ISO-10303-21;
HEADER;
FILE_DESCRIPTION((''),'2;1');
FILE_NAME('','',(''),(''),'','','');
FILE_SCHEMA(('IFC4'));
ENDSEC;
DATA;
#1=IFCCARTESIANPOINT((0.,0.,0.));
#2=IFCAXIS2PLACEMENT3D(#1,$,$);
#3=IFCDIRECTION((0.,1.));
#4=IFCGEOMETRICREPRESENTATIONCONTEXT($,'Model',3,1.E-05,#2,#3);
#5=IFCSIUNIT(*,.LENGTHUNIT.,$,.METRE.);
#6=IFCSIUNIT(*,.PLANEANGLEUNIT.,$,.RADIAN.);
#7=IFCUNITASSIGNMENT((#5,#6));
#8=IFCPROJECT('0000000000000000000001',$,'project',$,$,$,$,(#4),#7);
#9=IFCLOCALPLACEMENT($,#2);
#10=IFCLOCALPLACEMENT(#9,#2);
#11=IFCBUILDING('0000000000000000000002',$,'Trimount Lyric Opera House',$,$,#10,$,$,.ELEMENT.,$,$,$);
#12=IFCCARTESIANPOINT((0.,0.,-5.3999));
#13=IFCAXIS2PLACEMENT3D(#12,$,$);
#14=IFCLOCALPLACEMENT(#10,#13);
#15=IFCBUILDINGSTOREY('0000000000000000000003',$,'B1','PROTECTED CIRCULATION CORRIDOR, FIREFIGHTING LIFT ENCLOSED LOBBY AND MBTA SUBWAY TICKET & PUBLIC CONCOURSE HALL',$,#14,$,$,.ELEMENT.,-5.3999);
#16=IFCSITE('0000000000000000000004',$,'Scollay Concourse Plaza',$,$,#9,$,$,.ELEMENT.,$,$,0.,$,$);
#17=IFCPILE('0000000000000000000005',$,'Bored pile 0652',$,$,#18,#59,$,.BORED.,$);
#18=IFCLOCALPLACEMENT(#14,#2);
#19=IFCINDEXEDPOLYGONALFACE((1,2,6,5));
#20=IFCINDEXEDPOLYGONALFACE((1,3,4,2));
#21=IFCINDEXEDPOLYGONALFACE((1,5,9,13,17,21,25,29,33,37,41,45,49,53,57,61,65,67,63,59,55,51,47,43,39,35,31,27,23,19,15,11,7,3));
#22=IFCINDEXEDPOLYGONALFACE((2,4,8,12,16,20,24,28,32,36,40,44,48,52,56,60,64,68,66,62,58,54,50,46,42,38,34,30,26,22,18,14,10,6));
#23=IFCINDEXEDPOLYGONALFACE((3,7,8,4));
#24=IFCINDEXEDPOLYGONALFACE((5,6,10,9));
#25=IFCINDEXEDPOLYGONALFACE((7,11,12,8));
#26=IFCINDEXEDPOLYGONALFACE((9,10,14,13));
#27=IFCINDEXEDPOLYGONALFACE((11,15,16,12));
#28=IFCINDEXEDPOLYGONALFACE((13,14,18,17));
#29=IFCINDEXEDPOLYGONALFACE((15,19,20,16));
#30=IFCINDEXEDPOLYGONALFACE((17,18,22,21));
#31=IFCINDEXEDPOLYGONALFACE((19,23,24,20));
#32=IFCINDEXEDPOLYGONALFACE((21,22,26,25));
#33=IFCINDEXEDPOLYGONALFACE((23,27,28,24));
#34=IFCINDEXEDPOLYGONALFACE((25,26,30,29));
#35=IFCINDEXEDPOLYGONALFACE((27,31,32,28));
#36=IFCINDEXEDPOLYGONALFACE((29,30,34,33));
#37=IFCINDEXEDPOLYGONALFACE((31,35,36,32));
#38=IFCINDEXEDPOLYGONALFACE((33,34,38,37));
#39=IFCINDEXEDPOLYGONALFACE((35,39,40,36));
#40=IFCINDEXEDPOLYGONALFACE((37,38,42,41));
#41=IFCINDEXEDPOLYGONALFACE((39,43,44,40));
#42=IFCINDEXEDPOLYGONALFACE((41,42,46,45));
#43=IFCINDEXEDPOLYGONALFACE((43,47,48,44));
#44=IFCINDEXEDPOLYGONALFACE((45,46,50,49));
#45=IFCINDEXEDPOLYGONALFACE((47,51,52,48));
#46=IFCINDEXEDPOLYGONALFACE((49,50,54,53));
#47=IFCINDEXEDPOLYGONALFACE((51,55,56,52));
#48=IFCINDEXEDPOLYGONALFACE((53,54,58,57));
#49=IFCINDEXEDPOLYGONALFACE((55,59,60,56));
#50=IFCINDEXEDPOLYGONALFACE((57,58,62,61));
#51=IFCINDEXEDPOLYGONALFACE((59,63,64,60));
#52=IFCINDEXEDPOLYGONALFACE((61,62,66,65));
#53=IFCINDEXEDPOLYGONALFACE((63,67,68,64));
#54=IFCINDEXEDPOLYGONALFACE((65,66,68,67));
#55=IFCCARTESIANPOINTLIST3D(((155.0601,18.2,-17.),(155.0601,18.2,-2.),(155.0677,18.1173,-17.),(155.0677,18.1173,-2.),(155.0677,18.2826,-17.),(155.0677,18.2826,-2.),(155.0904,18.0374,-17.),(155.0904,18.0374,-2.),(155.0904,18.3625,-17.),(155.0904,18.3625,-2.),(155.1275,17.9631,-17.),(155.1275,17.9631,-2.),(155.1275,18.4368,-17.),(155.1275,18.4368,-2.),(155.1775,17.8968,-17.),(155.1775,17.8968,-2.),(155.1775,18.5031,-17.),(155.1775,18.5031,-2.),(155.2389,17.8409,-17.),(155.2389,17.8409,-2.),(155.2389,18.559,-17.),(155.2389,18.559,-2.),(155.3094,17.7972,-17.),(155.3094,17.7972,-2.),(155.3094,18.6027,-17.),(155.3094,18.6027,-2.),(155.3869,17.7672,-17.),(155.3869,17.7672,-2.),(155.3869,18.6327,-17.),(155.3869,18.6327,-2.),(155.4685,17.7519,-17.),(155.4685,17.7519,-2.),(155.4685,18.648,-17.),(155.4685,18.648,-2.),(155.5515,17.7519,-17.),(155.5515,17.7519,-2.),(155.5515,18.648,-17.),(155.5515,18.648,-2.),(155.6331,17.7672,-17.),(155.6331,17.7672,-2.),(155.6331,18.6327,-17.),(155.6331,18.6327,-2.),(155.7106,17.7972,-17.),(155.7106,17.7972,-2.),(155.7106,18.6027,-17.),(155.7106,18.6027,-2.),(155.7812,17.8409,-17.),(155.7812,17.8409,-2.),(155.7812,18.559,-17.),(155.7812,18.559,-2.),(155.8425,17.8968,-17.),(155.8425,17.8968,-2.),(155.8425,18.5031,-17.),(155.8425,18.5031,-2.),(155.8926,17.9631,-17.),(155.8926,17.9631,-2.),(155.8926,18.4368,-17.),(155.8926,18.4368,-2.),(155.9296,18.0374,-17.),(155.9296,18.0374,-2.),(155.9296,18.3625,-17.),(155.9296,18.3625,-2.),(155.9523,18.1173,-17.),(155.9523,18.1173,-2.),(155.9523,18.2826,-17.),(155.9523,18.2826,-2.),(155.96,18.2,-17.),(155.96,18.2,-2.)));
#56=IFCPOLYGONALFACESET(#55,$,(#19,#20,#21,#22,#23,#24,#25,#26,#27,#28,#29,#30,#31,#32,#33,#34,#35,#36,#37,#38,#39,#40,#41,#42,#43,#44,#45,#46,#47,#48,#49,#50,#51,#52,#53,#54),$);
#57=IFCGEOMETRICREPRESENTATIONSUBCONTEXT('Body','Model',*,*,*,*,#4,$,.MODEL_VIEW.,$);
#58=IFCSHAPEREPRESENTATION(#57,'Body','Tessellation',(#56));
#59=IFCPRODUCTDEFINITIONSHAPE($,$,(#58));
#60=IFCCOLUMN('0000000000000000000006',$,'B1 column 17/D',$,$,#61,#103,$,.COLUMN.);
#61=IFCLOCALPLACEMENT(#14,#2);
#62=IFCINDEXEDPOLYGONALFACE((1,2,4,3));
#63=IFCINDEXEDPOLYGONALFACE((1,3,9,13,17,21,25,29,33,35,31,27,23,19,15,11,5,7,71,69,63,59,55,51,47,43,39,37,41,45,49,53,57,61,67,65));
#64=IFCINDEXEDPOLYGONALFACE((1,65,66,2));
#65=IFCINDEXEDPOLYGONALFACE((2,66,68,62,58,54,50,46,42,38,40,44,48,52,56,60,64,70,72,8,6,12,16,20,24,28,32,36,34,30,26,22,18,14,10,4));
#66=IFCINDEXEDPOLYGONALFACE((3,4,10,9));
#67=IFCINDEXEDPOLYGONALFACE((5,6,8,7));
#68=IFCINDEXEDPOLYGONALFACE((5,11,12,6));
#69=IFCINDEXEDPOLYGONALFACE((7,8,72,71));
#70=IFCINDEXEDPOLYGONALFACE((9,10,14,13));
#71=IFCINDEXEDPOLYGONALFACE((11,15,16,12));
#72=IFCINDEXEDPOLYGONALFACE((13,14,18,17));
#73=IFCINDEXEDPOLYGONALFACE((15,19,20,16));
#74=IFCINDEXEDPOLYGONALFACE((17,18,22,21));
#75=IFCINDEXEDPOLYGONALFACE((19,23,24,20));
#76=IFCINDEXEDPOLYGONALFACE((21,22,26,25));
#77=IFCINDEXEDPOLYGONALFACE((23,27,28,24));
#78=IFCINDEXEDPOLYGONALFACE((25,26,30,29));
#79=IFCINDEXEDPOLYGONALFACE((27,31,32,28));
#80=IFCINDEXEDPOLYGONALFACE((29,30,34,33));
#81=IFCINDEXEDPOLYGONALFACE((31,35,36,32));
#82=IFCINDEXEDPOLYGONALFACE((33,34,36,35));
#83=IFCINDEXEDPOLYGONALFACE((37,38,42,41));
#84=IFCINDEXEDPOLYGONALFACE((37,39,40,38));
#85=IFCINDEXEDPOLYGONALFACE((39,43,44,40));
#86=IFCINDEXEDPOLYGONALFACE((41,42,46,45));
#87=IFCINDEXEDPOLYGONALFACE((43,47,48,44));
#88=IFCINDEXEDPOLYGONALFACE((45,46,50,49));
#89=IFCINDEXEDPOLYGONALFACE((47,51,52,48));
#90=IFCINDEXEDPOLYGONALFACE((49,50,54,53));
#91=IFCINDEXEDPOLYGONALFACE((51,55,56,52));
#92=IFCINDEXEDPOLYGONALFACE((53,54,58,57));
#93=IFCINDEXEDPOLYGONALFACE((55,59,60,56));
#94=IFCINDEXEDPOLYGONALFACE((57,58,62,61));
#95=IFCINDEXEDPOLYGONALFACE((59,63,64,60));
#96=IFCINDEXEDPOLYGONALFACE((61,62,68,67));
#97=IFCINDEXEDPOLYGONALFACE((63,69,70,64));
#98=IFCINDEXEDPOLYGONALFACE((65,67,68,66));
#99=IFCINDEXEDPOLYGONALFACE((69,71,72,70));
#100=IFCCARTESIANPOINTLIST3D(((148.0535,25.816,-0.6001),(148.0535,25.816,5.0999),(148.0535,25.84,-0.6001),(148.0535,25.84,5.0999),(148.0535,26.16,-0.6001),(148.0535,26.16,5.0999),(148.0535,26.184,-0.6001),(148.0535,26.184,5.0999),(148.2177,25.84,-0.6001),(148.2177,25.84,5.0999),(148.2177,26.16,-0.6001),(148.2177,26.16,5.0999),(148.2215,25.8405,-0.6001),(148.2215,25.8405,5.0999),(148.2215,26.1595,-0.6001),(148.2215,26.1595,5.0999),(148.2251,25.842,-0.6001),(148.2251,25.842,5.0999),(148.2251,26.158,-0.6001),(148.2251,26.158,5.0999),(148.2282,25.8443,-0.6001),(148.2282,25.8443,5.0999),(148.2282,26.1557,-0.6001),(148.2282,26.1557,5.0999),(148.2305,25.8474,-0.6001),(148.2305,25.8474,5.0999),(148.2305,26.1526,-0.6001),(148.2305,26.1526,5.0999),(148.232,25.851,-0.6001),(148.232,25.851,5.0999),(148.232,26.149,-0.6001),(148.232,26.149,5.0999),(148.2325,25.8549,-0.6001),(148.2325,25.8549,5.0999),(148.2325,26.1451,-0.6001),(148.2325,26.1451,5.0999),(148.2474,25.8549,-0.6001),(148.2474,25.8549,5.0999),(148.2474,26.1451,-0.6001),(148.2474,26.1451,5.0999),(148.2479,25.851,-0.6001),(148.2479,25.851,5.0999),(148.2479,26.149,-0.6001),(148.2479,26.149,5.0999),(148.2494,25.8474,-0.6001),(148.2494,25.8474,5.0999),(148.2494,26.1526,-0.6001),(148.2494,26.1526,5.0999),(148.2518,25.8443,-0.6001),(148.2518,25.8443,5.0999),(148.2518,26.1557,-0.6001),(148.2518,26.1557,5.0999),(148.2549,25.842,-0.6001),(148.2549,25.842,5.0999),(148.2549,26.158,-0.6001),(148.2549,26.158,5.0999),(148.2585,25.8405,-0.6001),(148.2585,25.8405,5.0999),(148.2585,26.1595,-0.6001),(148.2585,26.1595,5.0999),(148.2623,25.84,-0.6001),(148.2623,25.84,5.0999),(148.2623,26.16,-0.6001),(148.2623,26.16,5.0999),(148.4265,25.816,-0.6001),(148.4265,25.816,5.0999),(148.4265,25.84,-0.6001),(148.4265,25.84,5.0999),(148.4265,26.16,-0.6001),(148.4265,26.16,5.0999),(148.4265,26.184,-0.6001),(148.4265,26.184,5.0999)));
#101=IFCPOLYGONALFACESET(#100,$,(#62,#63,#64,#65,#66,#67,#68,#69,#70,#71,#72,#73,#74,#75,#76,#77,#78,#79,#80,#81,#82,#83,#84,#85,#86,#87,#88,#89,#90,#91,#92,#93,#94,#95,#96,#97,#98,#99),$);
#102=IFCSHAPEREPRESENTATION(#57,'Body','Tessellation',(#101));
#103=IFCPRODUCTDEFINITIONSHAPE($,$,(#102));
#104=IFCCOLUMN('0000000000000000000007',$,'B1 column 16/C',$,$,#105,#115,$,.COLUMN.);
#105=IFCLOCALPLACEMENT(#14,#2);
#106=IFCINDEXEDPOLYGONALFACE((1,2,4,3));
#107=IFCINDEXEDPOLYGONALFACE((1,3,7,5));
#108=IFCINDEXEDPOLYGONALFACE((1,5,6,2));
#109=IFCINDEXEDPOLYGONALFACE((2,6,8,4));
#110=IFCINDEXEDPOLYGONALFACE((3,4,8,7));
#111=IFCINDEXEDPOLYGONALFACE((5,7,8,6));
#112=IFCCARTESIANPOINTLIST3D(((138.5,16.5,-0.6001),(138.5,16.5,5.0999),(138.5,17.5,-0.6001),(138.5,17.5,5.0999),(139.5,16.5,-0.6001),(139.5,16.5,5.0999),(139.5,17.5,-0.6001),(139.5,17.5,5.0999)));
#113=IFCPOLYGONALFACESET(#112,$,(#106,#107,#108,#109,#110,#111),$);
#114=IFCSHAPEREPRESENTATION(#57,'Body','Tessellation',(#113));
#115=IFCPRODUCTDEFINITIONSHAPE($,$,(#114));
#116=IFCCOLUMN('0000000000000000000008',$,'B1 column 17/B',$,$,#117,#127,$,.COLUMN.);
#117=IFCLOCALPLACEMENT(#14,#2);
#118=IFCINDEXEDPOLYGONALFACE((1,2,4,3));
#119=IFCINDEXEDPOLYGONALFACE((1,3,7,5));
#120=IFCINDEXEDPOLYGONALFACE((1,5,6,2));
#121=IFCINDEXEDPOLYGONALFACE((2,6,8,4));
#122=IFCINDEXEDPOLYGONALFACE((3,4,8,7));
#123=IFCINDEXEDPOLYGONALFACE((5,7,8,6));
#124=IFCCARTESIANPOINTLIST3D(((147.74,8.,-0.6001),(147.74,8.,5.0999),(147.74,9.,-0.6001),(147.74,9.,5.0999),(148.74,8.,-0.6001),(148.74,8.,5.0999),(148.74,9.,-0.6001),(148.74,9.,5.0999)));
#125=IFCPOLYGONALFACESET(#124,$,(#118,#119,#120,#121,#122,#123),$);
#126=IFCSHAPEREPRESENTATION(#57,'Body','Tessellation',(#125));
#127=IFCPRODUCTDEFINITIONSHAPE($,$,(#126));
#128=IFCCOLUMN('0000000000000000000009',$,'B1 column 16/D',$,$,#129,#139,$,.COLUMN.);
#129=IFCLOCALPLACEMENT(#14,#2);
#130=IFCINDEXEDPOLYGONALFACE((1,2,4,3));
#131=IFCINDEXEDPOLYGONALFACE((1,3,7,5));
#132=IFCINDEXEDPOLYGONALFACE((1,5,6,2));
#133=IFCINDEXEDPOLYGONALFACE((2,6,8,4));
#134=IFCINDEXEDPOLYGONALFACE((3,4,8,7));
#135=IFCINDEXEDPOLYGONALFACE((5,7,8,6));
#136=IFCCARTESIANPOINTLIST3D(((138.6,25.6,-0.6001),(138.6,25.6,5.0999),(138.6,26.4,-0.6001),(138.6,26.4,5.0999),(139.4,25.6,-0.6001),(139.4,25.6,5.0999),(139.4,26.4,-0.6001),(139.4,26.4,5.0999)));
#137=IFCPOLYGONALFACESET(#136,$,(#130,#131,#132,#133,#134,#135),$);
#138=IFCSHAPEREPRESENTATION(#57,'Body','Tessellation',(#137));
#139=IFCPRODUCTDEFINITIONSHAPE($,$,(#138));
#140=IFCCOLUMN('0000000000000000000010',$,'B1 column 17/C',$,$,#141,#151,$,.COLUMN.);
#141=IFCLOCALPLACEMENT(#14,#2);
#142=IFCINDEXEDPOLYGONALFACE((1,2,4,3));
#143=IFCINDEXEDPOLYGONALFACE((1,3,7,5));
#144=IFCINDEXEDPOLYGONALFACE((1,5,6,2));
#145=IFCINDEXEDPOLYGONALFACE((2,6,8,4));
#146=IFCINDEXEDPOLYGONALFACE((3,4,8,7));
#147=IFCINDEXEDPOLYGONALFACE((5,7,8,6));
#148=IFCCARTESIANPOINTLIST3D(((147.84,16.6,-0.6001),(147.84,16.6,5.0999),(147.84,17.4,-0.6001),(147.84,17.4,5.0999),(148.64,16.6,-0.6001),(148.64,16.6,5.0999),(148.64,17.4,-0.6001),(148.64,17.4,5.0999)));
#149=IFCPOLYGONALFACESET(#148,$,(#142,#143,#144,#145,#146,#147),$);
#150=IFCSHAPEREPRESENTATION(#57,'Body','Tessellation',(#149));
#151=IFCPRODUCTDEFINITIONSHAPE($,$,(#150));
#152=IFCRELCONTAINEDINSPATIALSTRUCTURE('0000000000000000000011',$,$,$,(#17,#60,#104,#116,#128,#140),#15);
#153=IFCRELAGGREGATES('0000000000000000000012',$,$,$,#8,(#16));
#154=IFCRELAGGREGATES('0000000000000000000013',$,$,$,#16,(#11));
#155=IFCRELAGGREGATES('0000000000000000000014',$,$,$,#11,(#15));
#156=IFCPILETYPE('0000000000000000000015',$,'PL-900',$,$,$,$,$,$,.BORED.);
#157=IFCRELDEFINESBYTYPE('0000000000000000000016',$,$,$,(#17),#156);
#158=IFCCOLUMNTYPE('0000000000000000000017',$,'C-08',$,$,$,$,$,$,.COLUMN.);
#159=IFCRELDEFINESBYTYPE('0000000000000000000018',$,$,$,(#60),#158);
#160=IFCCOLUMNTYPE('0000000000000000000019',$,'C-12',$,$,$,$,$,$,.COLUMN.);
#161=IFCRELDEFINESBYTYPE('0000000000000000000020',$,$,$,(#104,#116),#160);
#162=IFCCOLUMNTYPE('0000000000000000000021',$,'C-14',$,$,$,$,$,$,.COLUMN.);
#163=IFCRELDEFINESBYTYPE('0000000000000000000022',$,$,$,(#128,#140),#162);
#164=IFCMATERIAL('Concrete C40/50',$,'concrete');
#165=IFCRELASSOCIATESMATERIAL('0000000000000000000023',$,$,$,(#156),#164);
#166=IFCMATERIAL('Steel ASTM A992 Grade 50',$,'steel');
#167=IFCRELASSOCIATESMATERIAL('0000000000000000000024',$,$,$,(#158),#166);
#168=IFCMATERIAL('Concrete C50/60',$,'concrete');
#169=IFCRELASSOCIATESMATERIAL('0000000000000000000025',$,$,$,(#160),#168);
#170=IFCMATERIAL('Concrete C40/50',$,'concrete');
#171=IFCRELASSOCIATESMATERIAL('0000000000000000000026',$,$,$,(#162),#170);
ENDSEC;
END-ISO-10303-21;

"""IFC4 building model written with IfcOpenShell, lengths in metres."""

from ifc_helpers import new_model, si_unit, direction, frame, origin, origin_2d, place, context, subcontext, project, spatial, rectangle, circle, i_section, extrude, material, material_profile, profile_set, type_object, element, save


model = new_model("IFC4")

# Units and contexts
model_context = context("Model", 3, precision=1e-05, world=origin(), true_north=direction((0.0, 1.0)))
body_context = subcontext(model_context, "Body", "Model", "MODEL_VIEW")
ifc_project = project(units=[si_unit("LENGTHUNIT", "METRE"), si_unit("PLANEANGLEUNIT", "RADIAN")], contexts=[model_context])

# Site, building, storey
site_placement = place(None, origin())
site = spatial("IfcSite", under=ifc_project, at=site_placement, Name="Scollay Concourse Plaza", CompositionType="ELEMENT", RefElevation=0.0)
building_placement = place(site_placement, origin())
building = spatial("IfcBuilding", under=site, at=building_placement, Name="Trimount Lyric Opera House", CompositionType="ELEMENT")
storey_placement = place(building_placement, frame((0.0, 0.0, -5.3999)))
storey = spatial("IfcBuildingStorey", under=building, at=storey_placement, Name="B1", Description="PROTECTED CIRCULATION CORRIDOR, FIREFIGHTING LIFT ENCLOSED LOBBY AND MBTA SUBWAY TICKET & PUBLIC CONCOURSE HALL", CompositionType="ELEMENT", Elevation=-5.3999)

# Pile
ifc_material_1 = material(Name="Concrete C40/50", Category="concrete")
ifc_material_profile_1 = material_profile(ifc_material_1, circle(Radius=0.45, at=origin_2d()), Name="PILE-D900")
ifc_profile_set_1 = profile_set([ifc_material_profile_1], Name="Concrete C40/50")
pile_type_1 = type_object("IfcPileType", Name="PL-900", PredefinedType="BORED", material=ifc_profile_set_1)
for number, where, z_axis, x_axis, name in (
    (1, (155.51, 18.2, -2.0), (0.0, 0.0, -1.0), (1.0, 0.0, 0.0), "Bored pile 0652"),
):
    element("IfcPile", number, at=place(storey_placement, frame(where, z_axis=z_axis, x_axis=x_axis)), inside=storey, type_object=pile_type_1, Name=name, PredefinedType="BORED", context=body_context, shape_type="SweptSolid", body=[
        extrude(circle(Radius=0.45, at=origin_2d()), origin(), (0.0, 0.0, 1.0), 15.0),
    ])

# Columns
ifc_material_2 = material(Name="Steel ASTM A992 Grade 50", Category="steel")
ifc_material_profile_2 = material_profile(ifc_material_2, i_section(OverallWidth=0.373, OverallDepth=0.3679, WebThickness=0.0149, FlangeThickness=0.0239, FilletRadius=0.0149, at=origin_2d()), Name="W14X120")
ifc_profile_set_2 = profile_set([ifc_material_profile_2], Name="Steel ASTM A992 Grade 50")
column_type_1 = type_object("IfcColumnType", Name="C-08", PredefinedType="COLUMN", material=ifc_profile_set_2)
column_placement = place(storey_placement, frame((148.24, 26.0, -0.6001), z_axis=(0.0, 0.0, 1.0), x_axis=(1.0, 0.0, 0.0)))
element("IfcColumn", 2, at=column_placement, inside=storey, type_object=column_type_1, Name="B1 column 17/D", PredefinedType="COLUMN", context=body_context, shape_type="SweptSolid", body=[
    extrude(i_section(OverallWidth=0.373, OverallDepth=0.3679, WebThickness=0.0149, FlangeThickness=0.0239, FilletRadius=0.0149, at=origin_2d()), origin(), (0.0, 0.0, 1.0), 5.7),
])
ifc_material_3 = material(Name="Concrete C50/60", Category="concrete")
ifc_material_profile_3 = material_profile(ifc_material_3, rectangle(XDim=1.0, YDim=1.0, at=origin_2d()), Name="RC1000X1000")
ifc_profile_set_3 = profile_set([ifc_material_profile_3], Name="Concrete C50/60")
column_type_2 = type_object("IfcColumnType", Name="C-12", PredefinedType="COLUMN", material=ifc_profile_set_3)
for number, where, z_axis, x_axis, name in (
    (3, (139.0, 17.0, -0.6001), (0.0, 0.0, 1.0), (1.0, 0.0, 0.0), "B1 column 16/C"),
    (4, (148.24, 8.5, -0.6001), (0.0, 0.0, 1.0), (1.0, 0.0, 0.0), "B1 column 17/B"),
):
    element("IfcColumn", number, at=place(storey_placement, frame(where, z_axis=z_axis, x_axis=x_axis)), inside=storey, type_object=column_type_2, Name=name, PredefinedType="COLUMN", context=body_context, shape_type="SweptSolid", body=[
        extrude(rectangle(XDim=1.0, YDim=1.0, at=origin_2d()), origin(), (0.0, 0.0, 1.0), 5.7),
    ])
ifc_material_4 = material(Name="Concrete C40/50", Category="concrete")
ifc_material_profile_4 = material_profile(ifc_material_4, rectangle(XDim=0.8, YDim=0.8, at=origin_2d()), Name="RC800X800")
ifc_profile_set_4 = profile_set([ifc_material_profile_4], Name="Concrete C40/50")
column_type_3 = type_object("IfcColumnType", Name="C-14", PredefinedType="COLUMN", material=ifc_profile_set_4)
for number, where, z_axis, x_axis, name in (
    (5, (139.0, 26.0, -0.6001), (0.0, 0.0, 1.0), (1.0, 0.0, 0.0), "B1 column 16/D"),
    (6, (148.24, 17.0, -0.6001), (0.0, 0.0, 1.0), (1.0, 0.0, 0.0), "B1 column 17/C"),
):
    element("IfcColumn", number, at=place(storey_placement, frame(where, z_axis=z_axis, x_axis=x_axis)), inside=storey, type_object=column_type_3, Name=name, PredefinedType="COLUMN", context=body_context, shape_type="SweptSolid", body=[
        extrude(rectangle(XDim=0.8, YDim=0.8, at=origin_2d()), origin(), (0.0, 0.0, 1.0), 5.7),
    ])

save(model, "model.ifc")
